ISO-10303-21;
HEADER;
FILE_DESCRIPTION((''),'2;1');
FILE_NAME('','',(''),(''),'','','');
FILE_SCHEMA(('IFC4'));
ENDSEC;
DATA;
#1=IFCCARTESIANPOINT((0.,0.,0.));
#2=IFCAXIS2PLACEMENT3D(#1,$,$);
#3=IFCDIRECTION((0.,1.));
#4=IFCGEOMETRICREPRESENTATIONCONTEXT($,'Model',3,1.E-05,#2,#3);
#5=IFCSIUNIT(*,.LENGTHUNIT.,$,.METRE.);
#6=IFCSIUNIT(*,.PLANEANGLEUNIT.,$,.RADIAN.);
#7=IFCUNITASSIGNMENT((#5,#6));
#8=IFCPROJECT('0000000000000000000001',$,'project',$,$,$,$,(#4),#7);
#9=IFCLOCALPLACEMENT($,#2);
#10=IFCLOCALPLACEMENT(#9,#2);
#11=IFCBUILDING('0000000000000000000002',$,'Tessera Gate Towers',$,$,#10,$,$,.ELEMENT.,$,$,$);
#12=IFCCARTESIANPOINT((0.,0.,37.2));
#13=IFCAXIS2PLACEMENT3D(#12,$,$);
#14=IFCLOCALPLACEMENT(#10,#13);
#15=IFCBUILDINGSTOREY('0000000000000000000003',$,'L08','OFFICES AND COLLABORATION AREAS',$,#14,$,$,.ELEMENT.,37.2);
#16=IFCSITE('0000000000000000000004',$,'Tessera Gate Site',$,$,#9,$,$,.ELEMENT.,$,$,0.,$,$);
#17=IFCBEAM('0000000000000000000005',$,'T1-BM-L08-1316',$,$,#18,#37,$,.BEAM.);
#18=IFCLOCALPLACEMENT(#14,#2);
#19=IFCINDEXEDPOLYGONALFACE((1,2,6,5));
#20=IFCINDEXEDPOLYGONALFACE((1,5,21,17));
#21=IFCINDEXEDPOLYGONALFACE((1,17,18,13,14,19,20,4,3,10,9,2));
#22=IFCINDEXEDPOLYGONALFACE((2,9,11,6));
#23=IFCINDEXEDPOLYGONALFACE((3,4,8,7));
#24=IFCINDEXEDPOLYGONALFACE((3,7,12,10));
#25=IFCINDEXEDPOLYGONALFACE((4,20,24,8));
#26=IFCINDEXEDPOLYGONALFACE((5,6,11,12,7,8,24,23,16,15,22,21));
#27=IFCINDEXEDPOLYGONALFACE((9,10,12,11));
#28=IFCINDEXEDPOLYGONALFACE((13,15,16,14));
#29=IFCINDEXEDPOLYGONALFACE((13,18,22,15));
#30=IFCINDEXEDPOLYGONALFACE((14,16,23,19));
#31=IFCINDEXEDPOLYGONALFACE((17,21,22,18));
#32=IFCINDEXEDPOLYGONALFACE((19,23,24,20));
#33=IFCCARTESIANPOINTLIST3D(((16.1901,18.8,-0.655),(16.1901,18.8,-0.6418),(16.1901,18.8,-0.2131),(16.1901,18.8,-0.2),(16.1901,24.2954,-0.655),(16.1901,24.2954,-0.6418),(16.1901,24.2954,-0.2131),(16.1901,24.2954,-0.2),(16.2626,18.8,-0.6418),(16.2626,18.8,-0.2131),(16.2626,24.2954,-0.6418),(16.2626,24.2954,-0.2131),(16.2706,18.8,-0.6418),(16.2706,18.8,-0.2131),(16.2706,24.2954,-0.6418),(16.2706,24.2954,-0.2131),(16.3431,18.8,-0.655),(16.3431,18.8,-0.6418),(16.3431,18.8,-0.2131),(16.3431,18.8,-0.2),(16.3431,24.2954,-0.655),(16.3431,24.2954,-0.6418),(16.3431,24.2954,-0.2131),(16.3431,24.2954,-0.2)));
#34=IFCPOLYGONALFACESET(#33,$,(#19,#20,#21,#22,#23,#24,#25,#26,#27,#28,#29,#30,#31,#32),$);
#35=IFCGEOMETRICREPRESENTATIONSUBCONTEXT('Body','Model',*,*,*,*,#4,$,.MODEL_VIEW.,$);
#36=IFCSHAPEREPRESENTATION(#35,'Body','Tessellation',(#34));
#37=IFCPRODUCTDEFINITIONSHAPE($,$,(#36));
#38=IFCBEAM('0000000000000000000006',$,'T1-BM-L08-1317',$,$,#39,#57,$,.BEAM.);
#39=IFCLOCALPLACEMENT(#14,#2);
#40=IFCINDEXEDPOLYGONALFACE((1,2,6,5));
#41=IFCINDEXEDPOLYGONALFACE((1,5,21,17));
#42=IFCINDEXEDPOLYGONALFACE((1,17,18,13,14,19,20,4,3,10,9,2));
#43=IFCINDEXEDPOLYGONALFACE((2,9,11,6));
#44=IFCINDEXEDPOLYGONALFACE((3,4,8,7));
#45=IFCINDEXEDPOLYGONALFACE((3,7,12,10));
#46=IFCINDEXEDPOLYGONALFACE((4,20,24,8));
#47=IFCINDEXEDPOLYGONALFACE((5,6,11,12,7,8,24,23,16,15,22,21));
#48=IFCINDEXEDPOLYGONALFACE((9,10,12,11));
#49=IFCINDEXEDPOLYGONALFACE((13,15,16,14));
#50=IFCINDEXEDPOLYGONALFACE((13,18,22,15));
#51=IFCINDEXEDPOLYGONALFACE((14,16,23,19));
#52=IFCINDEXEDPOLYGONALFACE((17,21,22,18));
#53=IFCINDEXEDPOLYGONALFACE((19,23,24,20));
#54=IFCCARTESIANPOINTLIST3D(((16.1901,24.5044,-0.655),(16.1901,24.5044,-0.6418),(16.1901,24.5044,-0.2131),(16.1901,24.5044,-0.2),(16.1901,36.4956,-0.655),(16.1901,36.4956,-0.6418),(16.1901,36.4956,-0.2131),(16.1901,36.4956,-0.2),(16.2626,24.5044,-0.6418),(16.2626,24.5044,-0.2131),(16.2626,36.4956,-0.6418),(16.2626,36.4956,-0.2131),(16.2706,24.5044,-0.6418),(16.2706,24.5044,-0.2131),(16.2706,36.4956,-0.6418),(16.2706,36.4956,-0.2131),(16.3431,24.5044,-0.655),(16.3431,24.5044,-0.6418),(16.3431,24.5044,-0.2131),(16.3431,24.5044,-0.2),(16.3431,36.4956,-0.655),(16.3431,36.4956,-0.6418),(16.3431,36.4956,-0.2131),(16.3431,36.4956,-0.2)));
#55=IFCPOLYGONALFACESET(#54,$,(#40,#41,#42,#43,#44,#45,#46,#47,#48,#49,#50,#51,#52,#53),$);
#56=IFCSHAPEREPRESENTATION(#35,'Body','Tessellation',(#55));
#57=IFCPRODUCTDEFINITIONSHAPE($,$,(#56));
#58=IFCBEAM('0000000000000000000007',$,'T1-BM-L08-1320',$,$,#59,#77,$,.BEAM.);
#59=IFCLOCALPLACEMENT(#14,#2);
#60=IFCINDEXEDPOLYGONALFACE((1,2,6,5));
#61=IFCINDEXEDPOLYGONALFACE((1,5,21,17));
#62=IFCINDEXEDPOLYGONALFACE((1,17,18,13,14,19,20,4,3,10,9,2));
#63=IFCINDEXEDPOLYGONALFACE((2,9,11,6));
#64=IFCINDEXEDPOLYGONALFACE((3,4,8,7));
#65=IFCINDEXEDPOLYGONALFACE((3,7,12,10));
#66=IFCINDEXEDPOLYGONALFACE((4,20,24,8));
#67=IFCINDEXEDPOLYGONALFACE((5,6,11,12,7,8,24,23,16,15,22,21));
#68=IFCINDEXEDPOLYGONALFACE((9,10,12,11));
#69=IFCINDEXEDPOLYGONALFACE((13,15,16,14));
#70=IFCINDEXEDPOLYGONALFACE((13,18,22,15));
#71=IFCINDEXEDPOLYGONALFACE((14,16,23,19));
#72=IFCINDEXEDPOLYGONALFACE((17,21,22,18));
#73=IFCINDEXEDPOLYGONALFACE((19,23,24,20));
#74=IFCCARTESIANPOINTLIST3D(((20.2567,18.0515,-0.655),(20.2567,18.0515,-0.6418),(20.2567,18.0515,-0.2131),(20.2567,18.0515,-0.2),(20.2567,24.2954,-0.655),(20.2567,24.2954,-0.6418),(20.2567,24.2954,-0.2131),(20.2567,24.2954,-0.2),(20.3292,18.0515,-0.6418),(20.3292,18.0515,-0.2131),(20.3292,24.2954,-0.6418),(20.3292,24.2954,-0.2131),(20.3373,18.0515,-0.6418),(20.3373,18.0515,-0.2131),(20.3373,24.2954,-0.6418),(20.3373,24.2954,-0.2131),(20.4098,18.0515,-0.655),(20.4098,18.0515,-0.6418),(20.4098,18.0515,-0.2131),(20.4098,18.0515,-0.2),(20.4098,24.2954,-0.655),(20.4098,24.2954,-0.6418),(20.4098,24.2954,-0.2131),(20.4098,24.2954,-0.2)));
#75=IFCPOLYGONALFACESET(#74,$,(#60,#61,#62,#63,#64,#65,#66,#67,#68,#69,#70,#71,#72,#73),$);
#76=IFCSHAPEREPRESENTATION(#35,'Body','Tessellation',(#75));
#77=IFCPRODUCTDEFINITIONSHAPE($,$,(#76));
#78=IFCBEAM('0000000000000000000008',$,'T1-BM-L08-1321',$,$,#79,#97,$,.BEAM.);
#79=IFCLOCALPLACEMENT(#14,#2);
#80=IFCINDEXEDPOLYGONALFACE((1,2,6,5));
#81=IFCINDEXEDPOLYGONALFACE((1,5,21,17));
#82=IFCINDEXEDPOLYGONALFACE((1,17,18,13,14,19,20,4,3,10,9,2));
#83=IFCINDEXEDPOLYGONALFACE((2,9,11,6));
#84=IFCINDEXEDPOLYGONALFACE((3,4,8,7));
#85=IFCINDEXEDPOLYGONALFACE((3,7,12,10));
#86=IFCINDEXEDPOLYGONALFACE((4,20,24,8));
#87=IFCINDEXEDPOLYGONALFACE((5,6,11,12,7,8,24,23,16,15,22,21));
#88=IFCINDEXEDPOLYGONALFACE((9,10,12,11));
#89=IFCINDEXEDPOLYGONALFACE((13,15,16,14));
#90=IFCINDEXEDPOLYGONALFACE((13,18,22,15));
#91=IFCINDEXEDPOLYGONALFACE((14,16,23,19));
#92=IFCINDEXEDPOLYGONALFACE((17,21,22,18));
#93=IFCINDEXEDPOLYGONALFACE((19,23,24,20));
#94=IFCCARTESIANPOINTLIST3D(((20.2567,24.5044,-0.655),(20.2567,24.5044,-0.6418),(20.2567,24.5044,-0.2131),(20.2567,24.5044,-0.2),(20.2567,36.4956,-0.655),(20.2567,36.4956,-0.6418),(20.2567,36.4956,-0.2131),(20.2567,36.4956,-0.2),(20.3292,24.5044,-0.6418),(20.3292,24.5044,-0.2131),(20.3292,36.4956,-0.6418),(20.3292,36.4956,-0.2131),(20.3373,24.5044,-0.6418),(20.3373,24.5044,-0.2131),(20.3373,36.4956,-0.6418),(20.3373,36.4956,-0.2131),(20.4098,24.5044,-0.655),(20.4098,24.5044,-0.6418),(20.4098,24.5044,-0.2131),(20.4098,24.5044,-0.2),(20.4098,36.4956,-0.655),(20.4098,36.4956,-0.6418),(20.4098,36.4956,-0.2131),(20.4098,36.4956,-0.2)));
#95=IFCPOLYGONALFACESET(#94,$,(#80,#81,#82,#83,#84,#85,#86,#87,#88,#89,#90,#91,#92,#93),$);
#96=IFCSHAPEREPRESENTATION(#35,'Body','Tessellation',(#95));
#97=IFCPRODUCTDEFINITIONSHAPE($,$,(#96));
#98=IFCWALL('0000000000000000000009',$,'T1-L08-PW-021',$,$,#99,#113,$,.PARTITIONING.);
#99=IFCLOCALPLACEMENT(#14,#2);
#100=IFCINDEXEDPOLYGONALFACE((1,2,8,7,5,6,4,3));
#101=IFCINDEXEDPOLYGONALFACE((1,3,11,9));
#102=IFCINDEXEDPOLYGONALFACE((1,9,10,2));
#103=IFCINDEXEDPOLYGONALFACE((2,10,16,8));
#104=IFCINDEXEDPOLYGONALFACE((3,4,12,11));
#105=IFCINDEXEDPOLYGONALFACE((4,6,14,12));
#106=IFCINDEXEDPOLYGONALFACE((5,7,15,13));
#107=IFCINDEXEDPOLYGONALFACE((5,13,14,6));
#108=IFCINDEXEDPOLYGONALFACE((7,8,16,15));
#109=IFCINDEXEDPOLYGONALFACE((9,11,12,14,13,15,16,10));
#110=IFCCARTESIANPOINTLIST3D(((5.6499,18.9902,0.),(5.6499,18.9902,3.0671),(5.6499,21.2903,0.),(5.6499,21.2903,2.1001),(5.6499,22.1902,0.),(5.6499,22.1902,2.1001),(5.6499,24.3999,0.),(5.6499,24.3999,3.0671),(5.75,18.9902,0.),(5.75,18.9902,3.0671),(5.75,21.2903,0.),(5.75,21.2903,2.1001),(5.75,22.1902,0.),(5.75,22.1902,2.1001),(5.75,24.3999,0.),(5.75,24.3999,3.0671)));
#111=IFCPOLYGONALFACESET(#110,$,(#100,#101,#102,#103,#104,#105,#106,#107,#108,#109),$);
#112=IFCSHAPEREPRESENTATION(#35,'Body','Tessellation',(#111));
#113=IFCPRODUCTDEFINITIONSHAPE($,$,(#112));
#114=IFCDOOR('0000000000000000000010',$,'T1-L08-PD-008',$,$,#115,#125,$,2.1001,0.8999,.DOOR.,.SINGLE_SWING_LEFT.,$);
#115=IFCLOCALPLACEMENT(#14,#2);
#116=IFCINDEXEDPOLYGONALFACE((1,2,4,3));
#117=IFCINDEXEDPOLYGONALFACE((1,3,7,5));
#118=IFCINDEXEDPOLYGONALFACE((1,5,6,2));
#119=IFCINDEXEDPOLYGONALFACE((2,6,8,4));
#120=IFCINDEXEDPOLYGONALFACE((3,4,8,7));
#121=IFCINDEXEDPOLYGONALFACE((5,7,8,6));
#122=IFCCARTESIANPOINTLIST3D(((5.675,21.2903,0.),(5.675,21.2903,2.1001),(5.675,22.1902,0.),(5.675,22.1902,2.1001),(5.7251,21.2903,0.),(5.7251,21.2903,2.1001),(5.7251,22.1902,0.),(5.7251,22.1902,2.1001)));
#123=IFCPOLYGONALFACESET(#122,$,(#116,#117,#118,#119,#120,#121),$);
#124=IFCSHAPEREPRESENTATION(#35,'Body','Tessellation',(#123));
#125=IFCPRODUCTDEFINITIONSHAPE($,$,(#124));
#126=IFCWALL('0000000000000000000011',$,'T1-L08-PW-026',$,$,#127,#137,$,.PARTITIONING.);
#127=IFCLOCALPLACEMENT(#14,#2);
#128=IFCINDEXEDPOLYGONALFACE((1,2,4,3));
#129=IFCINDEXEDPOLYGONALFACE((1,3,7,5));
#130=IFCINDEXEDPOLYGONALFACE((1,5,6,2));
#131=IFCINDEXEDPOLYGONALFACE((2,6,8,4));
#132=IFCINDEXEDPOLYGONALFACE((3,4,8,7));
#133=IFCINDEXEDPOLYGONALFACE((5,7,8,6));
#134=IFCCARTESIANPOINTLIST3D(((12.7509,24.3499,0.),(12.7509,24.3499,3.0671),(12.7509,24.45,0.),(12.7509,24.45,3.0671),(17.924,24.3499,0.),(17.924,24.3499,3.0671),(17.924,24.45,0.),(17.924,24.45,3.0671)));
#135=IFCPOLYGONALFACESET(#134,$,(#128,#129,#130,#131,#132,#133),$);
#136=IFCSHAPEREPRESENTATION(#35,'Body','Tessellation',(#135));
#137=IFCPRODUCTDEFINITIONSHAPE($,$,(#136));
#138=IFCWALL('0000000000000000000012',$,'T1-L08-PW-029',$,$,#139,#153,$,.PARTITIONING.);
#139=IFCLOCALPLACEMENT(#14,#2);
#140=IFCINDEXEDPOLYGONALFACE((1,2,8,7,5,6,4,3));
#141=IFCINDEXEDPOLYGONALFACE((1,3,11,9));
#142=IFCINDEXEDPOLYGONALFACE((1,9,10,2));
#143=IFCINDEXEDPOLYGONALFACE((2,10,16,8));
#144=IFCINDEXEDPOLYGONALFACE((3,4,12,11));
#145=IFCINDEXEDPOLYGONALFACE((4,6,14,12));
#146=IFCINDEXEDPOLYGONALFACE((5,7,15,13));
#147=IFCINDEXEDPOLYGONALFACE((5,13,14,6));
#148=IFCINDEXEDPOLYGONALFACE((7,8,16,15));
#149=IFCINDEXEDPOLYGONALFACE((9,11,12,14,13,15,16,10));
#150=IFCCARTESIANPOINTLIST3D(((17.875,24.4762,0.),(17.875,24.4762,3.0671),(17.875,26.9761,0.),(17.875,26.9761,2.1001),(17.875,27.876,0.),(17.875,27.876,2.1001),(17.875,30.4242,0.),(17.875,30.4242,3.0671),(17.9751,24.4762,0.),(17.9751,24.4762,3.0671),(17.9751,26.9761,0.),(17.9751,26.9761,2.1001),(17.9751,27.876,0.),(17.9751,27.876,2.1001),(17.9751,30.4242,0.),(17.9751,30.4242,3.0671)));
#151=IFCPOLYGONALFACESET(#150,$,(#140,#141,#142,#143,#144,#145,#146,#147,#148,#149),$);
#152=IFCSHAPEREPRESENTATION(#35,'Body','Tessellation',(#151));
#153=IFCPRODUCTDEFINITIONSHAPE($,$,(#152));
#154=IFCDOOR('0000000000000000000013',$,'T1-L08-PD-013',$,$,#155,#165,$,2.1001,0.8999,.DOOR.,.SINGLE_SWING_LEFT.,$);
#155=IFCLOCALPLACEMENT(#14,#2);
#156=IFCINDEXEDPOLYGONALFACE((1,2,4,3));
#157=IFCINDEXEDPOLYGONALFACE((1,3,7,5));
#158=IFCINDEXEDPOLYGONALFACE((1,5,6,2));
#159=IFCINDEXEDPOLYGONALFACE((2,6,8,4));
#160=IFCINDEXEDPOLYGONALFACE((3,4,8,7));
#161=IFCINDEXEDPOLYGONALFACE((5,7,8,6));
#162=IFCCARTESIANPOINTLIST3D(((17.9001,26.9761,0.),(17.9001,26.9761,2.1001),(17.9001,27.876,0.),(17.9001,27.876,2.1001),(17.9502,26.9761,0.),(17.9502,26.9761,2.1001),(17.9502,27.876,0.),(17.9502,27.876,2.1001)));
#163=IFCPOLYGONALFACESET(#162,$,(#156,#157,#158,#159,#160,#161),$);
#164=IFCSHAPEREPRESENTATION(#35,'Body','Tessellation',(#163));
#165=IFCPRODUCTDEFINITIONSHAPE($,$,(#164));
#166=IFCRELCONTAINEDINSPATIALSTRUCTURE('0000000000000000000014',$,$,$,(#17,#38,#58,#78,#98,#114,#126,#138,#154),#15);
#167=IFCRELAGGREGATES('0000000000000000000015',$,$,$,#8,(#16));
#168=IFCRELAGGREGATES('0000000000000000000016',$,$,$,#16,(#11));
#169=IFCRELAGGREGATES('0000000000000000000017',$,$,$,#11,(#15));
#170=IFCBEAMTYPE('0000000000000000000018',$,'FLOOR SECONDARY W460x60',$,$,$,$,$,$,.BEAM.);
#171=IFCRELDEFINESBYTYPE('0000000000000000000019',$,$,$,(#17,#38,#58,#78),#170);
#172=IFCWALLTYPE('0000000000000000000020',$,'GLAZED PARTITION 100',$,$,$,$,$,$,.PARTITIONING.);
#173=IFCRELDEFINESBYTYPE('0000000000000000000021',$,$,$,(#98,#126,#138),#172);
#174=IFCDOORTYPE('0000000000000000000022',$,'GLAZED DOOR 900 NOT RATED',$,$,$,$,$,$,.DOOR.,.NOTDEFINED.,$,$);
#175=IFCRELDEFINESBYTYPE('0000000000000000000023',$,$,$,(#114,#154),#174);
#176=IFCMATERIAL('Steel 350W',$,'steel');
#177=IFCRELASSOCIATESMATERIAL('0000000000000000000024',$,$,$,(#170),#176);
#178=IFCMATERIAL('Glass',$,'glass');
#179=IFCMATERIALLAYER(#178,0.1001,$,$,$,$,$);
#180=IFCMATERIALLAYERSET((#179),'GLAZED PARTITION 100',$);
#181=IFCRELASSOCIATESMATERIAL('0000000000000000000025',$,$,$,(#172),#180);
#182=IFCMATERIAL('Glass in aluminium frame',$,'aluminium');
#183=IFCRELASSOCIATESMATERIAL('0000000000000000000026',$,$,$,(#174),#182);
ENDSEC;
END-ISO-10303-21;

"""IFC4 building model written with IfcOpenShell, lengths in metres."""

from ifc_helpers import new_model, si_unit, direction, frame, frame_2d, origin, origin_2d, place, context, subcontext, project, spatial, rectangle, i_section, extrude, source, transform, mapped, material, layer, layer_set, material_profile, profile_set, type_object, element, fill, save


model = new_model("IFC4")

# Units and contexts
model_context = context("Model", 3, precision=1e-05, world=origin(), true_north=direction((0.0, 1.0)))
body_context = subcontext(model_context, "Body", "Model", "MODEL_VIEW")
ifc_project = project(units=[si_unit("LENGTHUNIT", "METRE"), si_unit("PLANEANGLEUNIT", "RADIAN")], contexts=[model_context])

# Site, building, storey
site_placement = place(None, origin())
site = spatial("IfcSite", under=ifc_project, at=site_placement, Name="Tessera Gate Site", CompositionType="ELEMENT", RefElevation=0.0)
building_placement = place(site_placement, origin())
building = spatial("IfcBuilding", under=site, at=building_placement, Name="Tessera Gate Towers", CompositionType="ELEMENT")
storey_placement = place(building_placement, frame((0.0, 0.0, 37.2)))
storey = spatial("IfcBuildingStorey", under=building, at=storey_placement, Name="L08", Description="OFFICES AND COLLABORATION AREAS", CompositionType="ELEMENT", Elevation=37.2)

# Beams
ifc_material_1 = material(Name="Steel 350W", Category="steel")
ifc_material_profile_1 = material_profile(ifc_material_1, i_section(OverallWidth=0.1531, OverallDepth=0.4551, WebThickness=0.0081, FlangeThickness=0.0132, at=origin_2d()), Name="W460x60")
ifc_profile_set_1 = profile_set([ifc_material_profile_1], Name="Steel 350W")
beam_type_1 = type_object("IfcBeamType", Name="FLOOR SECONDARY W460x60", PredefinedType="BEAM", material=ifc_profile_set_1)
beam_1_placement = place(storey_placement, frame((16.2666, 18.8, -0.4275), z_axis=(0.0, 1.0, 0.0), x_axis=(-1.0, 0.0, 0.0)))
element("IfcBeam", 1, at=beam_1_placement, inside=storey, type_object=beam_type_1, Name="T1-BM-L08-1316", PredefinedType="BEAM", context=body_context, shape_type="SweptSolid", body=[
    extrude(i_section(OverallWidth=0.1531, OverallDepth=0.4551, WebThickness=0.0081, FlangeThickness=0.0132, at=origin_2d()), origin(), (0.0, 0.0, 1.0), 5.4954),
])
beam_2_placement = place(storey_placement, frame((16.2666, 24.5044, -0.4275), z_axis=(0.0, 1.0, 0.0), x_axis=(-1.0, 0.0, 0.0)))
element("IfcBeam", 2, at=beam_2_placement, inside=storey, type_object=beam_type_1, Name="T1-BM-L08-1317", PredefinedType="BEAM", context=body_context, shape_type="SweptSolid", body=[
    extrude(i_section(OverallWidth=0.1531, OverallDepth=0.4551, WebThickness=0.0081, FlangeThickness=0.0132, at=origin_2d()), origin(), (0.0, 0.0, 1.0), 11.9912),
])
beam_3_placement = place(storey_placement, frame((20.3333, 18.0515, -0.4275), z_axis=(0.0, 1.0, 0.0), x_axis=(-1.0, 0.0, 0.0)))
element("IfcBeam", 3, at=beam_3_placement, inside=storey, type_object=beam_type_1, Name="T1-BM-L08-1320", PredefinedType="BEAM", context=body_context, shape_type="SweptSolid", body=[
    extrude(i_section(OverallWidth=0.1531, OverallDepth=0.4551, WebThickness=0.0081, FlangeThickness=0.0132, at=origin_2d()), origin(), (0.0, 0.0, 1.0), 6.2439),
])
beam_4_placement = place(storey_placement, frame((20.3333, 24.5044, -0.4275), z_axis=(0.0, 1.0, 0.0), x_axis=(-1.0, 0.0, 0.0)))
element("IfcBeam", 4, at=beam_4_placement, inside=storey, type_object=beam_type_1, Name="T1-BM-L08-1321", PredefinedType="BEAM", context=body_context, shape_type="SweptSolid", body=[
    extrude(i_section(OverallWidth=0.1531, OverallDepth=0.4551, WebThickness=0.0081, FlangeThickness=0.0132, at=origin_2d()), origin(), (0.0, 0.0, 1.0), 11.9912),
])

# Wall, opening, door
ifc_material_2 = material(Name="Glass", Category="glass")
ifc_layer_1 = layer(ifc_material_2, 0.1001)
ifc_layer_set_1 = layer_set([ifc_layer_1], Name="GLAZED PARTITION 100")
wall_type_1 = type_object("IfcWallType", Name="GLAZED PARTITION 100", PredefinedType="PARTITIONING", material=ifc_layer_set_1)
wall_1_placement = place(storey_placement, frame((5.7, 18.9902, 0.0), z_axis=(0.0, 0.0, 1.0), x_axis=(0.0, 1.0, 0.0)))
wall_1 = element("IfcWall", 5, at=wall_1_placement, inside=storey, type_object=wall_type_1, Name="T1-L08-PW-021", PredefinedType="PARTITIONING", context=body_context, shape_type="SweptSolid", body=[
    extrude(rectangle(XDim=5.4097, YDim=0.1001, at=frame_2d((2.7048, 0.0))), origin(), (0.0, 0.0, 1.0), 3.0671),
])
shared_shape_1 = source(origin(), body_context, "Body", "SweptSolid", [
    extrude(rectangle(XDim=0.8999, YDim=2.1001, at=frame_2d((0.45, 1.05))), frame((0.0, 0.0601, 0.0), z_axis=(0.0, -1.0, 0.0), x_axis=(1.0, 0.0, 0.0)), (0.0, 0.0, 1.0), 0.1201),
])
opening_1_placement = place(wall_1_placement, frame((2.3, 0.0, 0.0)))
opening_1 = element("IfcOpeningElement", 6, at=opening_1_placement, cuts=wall_1, PredefinedType="OPENING", context=body_context, shape_type="MappedRepresentation", body=[
    mapped(shared_shape_1, transform((0.0, 0.0, 0.0), scale=1.0)),
])
ifc_material_3 = material(Name="Glass in aluminium frame", Category="aluminium")
door_type = type_object("IfcDoorType", Name="GLAZED DOOR 900 NOT RATED", OperationType="NOTDEFINED", PredefinedType="DOOR", material=ifc_material_3)
shared_shape_2 = source(origin(), body_context, "Body", "SweptSolid", [
    extrude(rectangle(XDim=0.8999, YDim=2.1001, at=frame_2d((0.45, 1.05))), frame((0.0, 0.0249, 0.0), z_axis=(0.0, -1.0, 0.0), x_axis=(1.0, 0.0, 0.0)), (0.0, 0.0, 1.0), 0.05),
])
door_1_placement = place(opening_1_placement, origin())
door_1 = element("IfcDoor", 7, at=door_1_placement, inside=storey, type_object=door_type, Name="T1-L08-PD-008", OperationType="SINGLE_SWING_LEFT", OverallHeight=2.1001, OverallWidth=0.8999, PredefinedType="DOOR", context=body_context, shape_type="MappedRepresentation", body=[
    mapped(shared_shape_2, transform((0.0, 0.0, 0.0), scale=1.0)),
])
fill(opening_1, door_1)

# Wall
wall_2_placement = place(storey_placement, frame((12.751, 24.3999, 0.0), z_axis=(0.0, 0.0, 1.0), x_axis=(1.0, 0.0, 0.0)))
element("IfcWall", 8, at=wall_2_placement, inside=storey, type_object=wall_type_1, Name="T1-L08-PW-026", PredefinedType="PARTITIONING", context=body_context, shape_type="SweptSolid", body=[
    extrude(rectangle(XDim=5.1731, YDim=0.1001, at=frame_2d((2.5864, 0.0))), origin(), (0.0, 0.0, 1.0), 3.0671),
])

# Wall, opening, door
wall_3_placement = place(storey_placement, frame((17.925, 24.4761, 0.0), z_axis=(0.0, 0.0, 1.0), x_axis=(0.0, 1.0, 0.0)))
wall_3 = element("IfcWall", 9, at=wall_3_placement, inside=storey, type_object=wall_type_1, Name="T1-L08-PW-029", PredefinedType="PARTITIONING", context=body_context, shape_type="SweptSolid", body=[
    extrude(rectangle(XDim=5.948, YDim=0.1001, at=frame_2d((2.9741, 0.0))), origin(), (0.0, 0.0, 1.0), 3.0671),
])
opening_2_placement = place(wall_3_placement, frame((2.5, 0.0, 0.0)))
opening_2 = element("IfcOpeningElement", 10, at=opening_2_placement, cuts=wall_3, PredefinedType="OPENING", context=body_context, shape_type="MappedRepresentation", body=[
    mapped(shared_shape_1, transform((0.0, 0.0, 0.0), scale=1.0)),
])
door_2_placement = place(opening_2_placement, origin())
door_2 = element("IfcDoor", 11, at=door_2_placement, inside=storey, type_object=door_type, Name="T1-L08-PD-013", OperationType="SINGLE_SWING_LEFT", OverallHeight=2.1001, OverallWidth=0.8999, PredefinedType="DOOR", context=body_context, shape_type="MappedRepresentation", body=[
    mapped(shared_shape_2, transform((0.0, 0.0, 0.0), scale=1.0)),
])
fill(opening_2, door_2)

save(model, "model.ifc")
